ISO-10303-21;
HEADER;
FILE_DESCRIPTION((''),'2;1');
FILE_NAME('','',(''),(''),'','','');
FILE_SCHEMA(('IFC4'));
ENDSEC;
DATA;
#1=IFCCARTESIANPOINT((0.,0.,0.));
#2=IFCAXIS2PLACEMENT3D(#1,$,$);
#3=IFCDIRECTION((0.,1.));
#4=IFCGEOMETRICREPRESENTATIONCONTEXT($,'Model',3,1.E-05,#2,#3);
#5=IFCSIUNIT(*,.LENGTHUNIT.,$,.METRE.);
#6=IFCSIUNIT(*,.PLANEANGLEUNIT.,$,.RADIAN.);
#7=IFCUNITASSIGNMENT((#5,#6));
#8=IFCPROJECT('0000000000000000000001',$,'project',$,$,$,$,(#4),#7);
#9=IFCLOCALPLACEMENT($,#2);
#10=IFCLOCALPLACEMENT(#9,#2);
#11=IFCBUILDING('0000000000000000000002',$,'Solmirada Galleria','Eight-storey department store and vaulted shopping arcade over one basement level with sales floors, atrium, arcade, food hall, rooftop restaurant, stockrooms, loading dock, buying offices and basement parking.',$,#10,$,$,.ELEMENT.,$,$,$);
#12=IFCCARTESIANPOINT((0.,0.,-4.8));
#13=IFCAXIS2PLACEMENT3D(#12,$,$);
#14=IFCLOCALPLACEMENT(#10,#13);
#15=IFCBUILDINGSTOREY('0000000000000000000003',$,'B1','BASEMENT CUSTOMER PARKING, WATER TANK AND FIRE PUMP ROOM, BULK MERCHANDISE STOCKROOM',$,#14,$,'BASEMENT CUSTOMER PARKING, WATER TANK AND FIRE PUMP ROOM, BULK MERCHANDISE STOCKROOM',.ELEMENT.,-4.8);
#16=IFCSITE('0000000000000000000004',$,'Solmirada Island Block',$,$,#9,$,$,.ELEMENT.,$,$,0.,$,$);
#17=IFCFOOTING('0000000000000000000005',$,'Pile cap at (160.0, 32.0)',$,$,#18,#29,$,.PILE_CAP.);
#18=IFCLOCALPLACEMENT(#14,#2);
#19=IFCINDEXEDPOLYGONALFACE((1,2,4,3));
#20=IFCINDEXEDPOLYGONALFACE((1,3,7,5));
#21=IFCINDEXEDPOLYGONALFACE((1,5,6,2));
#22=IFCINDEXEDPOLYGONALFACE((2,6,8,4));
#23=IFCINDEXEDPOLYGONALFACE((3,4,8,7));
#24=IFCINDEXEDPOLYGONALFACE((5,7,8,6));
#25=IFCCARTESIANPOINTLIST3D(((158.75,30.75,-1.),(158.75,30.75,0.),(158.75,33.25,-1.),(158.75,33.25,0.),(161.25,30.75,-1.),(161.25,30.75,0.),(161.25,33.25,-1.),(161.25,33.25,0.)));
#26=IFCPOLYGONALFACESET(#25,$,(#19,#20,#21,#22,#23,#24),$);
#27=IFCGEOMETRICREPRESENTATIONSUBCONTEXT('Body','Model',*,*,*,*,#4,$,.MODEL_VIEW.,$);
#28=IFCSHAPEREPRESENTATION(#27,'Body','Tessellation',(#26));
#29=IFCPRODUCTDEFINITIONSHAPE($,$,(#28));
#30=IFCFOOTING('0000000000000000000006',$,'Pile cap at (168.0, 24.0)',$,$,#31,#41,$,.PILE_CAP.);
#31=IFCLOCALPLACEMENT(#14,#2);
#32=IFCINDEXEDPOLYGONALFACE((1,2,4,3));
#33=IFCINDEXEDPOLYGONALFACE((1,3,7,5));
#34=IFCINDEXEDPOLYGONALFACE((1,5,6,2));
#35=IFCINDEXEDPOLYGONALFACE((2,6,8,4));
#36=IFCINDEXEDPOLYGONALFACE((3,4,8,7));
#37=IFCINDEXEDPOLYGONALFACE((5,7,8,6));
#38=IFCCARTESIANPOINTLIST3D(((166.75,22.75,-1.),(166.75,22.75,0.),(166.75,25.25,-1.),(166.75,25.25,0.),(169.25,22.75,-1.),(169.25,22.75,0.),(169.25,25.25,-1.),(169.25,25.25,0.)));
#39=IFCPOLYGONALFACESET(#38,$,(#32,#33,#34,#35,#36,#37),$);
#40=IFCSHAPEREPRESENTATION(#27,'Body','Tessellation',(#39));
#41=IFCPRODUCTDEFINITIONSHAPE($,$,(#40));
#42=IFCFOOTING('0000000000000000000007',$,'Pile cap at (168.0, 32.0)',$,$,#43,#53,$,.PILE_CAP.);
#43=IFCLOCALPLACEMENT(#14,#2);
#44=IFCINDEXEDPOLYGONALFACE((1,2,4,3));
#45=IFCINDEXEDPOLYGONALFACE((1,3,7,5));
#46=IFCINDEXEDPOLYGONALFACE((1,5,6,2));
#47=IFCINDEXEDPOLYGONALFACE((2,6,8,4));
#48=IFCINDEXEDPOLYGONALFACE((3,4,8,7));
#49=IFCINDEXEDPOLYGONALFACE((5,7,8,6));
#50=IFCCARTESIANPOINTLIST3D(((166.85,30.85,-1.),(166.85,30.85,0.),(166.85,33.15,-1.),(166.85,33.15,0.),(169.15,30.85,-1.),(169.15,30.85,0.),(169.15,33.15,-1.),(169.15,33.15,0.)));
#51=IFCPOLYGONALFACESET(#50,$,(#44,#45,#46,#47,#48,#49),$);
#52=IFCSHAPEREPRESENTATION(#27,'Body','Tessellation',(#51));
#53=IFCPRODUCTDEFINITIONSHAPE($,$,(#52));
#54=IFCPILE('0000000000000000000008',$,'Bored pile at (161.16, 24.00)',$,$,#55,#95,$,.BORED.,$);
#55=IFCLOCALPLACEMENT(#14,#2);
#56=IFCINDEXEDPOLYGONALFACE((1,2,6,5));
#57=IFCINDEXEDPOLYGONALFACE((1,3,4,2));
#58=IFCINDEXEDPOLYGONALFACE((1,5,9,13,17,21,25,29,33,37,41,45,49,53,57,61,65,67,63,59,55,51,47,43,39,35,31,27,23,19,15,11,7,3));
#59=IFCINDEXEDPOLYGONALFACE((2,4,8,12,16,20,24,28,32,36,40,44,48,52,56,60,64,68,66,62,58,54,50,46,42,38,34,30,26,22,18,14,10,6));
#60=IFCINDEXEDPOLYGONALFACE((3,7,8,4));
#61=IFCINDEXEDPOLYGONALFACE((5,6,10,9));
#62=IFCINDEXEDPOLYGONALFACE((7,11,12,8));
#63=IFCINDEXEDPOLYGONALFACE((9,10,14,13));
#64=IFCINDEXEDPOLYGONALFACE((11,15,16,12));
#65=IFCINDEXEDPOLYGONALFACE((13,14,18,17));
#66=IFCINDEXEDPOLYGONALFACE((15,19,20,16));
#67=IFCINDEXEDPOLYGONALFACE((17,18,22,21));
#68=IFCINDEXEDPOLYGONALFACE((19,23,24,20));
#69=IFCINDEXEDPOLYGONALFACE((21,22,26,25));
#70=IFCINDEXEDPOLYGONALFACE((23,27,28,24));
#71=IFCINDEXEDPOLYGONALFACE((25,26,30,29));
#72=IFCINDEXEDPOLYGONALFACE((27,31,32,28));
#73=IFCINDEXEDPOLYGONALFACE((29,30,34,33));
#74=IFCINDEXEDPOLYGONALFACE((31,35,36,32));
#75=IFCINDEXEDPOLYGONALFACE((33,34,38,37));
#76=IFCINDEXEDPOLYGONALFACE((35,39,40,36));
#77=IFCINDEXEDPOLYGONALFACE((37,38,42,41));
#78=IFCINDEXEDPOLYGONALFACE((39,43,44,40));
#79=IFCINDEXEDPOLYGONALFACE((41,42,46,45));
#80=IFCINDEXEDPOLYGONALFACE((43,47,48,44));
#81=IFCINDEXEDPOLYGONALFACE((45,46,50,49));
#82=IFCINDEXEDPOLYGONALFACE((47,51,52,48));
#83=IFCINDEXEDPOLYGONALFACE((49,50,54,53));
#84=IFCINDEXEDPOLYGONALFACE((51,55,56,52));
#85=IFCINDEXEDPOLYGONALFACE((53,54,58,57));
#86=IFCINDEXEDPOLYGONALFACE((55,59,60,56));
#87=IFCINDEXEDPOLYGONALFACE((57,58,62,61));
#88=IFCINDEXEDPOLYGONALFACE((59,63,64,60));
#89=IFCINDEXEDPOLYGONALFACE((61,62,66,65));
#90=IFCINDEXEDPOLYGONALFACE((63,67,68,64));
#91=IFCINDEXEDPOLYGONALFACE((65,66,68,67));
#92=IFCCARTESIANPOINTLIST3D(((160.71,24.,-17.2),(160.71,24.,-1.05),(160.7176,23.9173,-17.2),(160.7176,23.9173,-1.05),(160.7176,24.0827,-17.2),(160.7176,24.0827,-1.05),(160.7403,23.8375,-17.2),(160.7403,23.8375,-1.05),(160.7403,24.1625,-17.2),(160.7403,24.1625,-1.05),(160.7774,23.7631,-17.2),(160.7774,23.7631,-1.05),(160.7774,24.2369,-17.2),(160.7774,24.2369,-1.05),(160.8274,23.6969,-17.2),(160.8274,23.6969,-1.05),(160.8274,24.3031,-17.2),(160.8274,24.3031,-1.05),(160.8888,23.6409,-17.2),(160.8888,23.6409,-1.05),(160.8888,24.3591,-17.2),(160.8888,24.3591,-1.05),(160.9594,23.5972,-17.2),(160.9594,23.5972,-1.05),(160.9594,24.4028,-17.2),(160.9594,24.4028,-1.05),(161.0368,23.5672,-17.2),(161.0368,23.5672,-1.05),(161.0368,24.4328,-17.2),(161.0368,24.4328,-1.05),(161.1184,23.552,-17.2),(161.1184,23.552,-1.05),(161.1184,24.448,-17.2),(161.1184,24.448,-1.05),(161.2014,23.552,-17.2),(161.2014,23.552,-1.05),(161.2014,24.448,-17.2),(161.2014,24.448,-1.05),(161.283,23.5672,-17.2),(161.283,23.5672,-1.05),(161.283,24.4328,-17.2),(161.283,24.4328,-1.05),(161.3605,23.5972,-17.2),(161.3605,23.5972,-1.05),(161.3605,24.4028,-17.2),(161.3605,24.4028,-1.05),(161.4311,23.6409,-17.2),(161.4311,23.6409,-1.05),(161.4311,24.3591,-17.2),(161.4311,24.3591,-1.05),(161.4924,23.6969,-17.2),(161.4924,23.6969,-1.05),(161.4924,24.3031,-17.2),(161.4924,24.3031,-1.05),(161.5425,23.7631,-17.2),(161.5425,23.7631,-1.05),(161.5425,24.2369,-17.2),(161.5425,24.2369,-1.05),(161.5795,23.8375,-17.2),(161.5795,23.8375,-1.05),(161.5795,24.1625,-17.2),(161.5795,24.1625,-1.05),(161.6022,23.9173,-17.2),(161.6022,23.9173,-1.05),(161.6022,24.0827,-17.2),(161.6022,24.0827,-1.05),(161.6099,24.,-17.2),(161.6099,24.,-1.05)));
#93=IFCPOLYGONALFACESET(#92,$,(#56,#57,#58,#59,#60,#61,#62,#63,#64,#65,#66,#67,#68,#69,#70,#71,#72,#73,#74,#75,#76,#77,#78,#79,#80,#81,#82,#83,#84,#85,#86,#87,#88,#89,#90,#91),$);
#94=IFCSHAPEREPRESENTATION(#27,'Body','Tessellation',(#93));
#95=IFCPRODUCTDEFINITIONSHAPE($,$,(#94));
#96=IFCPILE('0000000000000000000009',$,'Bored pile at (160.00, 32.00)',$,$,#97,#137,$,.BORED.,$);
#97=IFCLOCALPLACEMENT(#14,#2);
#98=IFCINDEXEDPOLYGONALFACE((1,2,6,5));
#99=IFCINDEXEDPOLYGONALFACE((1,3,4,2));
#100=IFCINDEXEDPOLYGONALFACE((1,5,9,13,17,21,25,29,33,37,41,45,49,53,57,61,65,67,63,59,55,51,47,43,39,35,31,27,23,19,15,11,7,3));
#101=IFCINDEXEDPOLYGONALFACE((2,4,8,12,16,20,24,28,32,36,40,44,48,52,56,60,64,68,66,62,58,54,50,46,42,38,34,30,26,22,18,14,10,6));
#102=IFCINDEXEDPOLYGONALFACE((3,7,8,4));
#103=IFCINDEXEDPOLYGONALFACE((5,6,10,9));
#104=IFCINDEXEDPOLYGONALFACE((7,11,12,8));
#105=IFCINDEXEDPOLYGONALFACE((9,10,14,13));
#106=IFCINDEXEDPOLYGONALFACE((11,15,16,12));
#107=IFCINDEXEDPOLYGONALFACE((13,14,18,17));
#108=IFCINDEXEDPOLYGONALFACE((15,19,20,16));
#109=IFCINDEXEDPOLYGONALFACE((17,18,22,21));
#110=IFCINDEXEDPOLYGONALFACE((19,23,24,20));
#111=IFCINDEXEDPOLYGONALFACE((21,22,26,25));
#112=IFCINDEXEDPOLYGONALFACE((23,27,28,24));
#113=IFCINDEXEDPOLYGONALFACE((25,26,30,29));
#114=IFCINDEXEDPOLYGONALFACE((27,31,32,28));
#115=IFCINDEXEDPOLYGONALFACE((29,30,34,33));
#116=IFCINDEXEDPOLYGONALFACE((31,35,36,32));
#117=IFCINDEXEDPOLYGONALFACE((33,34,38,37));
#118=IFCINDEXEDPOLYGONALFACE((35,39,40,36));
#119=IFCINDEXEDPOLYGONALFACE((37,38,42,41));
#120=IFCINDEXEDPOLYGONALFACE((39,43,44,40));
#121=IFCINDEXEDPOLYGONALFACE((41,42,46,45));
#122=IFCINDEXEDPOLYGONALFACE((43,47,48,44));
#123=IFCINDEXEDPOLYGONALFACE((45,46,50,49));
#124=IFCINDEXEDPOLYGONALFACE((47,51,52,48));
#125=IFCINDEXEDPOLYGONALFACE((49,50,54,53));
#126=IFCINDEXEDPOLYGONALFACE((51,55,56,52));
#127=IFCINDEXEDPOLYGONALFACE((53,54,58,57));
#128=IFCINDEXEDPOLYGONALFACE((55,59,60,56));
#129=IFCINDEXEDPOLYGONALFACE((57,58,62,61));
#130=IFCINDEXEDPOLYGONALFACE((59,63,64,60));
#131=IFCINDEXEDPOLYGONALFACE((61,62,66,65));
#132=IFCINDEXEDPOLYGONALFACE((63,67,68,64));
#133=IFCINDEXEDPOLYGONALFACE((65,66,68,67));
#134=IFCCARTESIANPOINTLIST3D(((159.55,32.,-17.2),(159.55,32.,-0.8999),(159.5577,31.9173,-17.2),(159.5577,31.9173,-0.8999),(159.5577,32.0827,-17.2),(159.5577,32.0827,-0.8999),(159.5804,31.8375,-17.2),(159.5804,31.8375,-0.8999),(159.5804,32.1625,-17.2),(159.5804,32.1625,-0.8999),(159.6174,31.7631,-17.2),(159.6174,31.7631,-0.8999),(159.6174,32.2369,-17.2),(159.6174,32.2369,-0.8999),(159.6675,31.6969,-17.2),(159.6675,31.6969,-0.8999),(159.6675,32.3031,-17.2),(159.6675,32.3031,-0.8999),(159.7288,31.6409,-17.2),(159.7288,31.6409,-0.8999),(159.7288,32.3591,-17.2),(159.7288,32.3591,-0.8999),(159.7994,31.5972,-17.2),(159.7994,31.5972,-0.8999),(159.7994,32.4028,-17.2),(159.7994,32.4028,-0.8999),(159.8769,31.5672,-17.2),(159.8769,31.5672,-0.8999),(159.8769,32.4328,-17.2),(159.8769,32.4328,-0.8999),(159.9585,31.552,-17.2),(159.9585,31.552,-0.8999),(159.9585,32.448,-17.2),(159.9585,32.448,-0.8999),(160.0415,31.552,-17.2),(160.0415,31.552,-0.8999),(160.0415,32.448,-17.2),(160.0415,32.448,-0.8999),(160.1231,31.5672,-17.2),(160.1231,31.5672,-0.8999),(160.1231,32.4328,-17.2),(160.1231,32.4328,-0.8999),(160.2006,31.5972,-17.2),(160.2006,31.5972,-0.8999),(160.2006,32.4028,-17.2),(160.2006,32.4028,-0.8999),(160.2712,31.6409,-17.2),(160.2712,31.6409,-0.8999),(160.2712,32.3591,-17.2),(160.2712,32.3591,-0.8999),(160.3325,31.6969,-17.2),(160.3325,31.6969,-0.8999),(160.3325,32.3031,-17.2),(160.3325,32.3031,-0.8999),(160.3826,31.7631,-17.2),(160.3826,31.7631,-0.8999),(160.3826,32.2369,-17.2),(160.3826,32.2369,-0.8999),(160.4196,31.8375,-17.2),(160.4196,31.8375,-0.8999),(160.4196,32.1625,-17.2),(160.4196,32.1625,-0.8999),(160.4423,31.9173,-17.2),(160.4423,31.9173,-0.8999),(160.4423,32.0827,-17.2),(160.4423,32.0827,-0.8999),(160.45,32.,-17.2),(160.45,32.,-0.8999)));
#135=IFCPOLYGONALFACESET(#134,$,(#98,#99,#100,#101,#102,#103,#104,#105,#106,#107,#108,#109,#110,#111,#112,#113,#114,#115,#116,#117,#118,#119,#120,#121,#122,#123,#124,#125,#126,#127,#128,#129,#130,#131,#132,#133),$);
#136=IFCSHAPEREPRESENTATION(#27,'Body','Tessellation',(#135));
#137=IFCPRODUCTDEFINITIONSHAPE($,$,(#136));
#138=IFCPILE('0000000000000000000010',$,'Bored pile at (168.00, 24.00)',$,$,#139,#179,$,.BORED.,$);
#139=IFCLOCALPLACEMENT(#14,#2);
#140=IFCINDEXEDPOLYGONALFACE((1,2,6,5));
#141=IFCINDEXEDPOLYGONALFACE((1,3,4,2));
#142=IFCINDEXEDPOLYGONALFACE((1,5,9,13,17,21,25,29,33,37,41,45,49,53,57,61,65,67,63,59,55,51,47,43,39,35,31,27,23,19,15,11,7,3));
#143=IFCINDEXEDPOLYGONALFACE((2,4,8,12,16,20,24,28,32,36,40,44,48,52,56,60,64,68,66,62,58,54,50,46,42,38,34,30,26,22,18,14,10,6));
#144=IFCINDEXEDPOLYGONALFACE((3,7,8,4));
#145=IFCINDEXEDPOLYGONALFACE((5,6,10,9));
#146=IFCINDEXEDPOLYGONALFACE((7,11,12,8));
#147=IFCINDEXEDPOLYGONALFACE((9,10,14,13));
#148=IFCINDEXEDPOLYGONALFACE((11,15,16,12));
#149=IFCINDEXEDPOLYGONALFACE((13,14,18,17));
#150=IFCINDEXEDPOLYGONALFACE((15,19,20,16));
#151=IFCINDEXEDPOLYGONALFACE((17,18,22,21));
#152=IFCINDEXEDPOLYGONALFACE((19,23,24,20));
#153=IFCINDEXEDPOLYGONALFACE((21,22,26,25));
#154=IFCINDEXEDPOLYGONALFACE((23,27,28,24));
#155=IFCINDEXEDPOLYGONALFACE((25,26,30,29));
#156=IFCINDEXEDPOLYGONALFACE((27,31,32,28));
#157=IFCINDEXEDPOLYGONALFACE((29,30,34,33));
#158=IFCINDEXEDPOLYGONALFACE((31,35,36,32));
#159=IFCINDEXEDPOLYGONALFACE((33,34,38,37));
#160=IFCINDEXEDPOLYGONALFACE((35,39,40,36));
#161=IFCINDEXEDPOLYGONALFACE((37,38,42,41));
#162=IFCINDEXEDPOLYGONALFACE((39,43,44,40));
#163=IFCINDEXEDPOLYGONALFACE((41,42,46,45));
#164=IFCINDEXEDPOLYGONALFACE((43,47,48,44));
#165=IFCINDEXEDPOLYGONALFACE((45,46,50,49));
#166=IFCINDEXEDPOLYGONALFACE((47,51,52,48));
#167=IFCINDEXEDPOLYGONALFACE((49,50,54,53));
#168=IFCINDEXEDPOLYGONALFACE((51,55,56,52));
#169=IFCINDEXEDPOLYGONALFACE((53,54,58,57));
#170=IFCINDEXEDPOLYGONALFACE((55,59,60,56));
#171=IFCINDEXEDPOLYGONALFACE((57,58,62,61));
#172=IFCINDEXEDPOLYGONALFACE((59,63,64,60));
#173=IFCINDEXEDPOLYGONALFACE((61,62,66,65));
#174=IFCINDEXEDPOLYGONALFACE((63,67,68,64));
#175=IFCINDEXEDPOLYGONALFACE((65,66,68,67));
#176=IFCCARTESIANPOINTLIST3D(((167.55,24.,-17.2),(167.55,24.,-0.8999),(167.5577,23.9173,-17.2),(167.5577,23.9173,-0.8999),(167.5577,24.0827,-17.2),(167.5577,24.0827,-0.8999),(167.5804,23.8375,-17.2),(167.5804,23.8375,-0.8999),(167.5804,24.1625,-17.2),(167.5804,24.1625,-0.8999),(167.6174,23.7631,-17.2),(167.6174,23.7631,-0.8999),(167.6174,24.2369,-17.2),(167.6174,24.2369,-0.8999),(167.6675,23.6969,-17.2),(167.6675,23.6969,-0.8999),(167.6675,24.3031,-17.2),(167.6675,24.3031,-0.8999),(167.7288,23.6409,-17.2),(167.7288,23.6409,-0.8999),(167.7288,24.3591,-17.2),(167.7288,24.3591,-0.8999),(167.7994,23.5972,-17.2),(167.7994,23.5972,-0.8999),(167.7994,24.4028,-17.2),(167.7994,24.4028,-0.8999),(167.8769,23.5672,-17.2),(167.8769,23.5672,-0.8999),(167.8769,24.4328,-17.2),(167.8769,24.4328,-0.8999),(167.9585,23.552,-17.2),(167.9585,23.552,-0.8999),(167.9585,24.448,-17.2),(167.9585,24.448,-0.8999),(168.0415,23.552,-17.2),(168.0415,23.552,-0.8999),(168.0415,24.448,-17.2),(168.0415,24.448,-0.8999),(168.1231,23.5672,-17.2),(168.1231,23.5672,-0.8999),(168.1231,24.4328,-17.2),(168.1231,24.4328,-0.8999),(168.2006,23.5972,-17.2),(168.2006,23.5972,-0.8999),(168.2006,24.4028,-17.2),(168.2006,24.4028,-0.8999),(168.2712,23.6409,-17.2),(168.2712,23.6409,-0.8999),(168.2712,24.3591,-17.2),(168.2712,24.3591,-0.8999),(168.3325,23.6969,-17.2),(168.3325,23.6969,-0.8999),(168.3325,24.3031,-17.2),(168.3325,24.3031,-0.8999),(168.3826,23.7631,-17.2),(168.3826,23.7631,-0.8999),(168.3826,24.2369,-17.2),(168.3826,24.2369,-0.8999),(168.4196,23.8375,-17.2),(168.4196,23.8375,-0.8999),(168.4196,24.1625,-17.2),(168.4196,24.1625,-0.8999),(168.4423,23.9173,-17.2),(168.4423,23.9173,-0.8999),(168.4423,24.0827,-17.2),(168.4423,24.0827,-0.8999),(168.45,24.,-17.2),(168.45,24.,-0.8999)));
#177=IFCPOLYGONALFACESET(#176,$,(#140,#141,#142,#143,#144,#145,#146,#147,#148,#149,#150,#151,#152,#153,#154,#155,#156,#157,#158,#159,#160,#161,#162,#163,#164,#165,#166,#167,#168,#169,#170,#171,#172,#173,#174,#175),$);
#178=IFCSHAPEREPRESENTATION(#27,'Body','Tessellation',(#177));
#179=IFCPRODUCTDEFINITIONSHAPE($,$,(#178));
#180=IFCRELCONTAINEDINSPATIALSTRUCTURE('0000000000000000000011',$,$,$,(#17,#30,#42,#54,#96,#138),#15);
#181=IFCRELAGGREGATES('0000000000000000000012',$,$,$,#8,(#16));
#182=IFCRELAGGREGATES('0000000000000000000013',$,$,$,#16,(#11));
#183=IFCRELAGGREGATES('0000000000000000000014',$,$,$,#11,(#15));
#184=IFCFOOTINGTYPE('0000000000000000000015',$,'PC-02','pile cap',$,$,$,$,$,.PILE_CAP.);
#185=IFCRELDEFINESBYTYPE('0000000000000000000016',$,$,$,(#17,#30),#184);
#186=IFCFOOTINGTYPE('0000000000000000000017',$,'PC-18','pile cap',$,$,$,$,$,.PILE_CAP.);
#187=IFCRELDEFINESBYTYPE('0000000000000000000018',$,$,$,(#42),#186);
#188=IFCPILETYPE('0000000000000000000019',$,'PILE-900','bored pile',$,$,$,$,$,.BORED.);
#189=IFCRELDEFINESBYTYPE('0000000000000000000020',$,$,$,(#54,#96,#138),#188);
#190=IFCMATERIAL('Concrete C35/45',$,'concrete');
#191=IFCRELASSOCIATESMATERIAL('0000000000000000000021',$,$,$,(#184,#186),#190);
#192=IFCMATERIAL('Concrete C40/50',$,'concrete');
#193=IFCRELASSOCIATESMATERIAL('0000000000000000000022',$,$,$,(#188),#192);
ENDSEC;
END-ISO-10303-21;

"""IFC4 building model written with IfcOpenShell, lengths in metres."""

from ifc_helpers import new_model, si_unit, direction, frame, origin, origin_2d, place, context, subcontext, project, spatial, rectangle, circle, extrude, material, material_profile, profile_set, type_object, element, save


model = new_model("IFC4")

# Units and contexts
model_context = context("Model", 3, precision=1e-05, world=origin(), true_north=direction((0.0, 1.0)))
body_context = subcontext(model_context, "Body", "Model", "MODEL_VIEW")
ifc_project = project(units=[si_unit("LENGTHUNIT", "METRE"), si_unit("PLANEANGLEUNIT", "RADIAN")], contexts=[model_context])

# Site, building, storey
site_placement = place(None, origin())
site = spatial("IfcSite", under=ifc_project, at=site_placement, Name="Solmirada Island Block", CompositionType="ELEMENT", RefElevation=0.0)
building_placement = place(site_placement, origin())
building = spatial("IfcBuilding", under=site, at=building_placement, Name="Solmirada Galleria", Description="Eight-storey department store and vaulted shopping arcade over one basement level with sales floors, atrium, arcade, food hall, rooftop restaurant, stockrooms, loading dock, buying offices and basement parking.", CompositionType="ELEMENT")
storey_placement = place(building_placement, frame((0.0, 0.0, -4.8)))
storey = spatial("IfcBuildingStorey", under=building, at=storey_placement, Name="B1", Description="BASEMENT CUSTOMER PARKING, WATER TANK AND FIRE PUMP ROOM, BULK MERCHANDISE STOCKROOM", LongName="BASEMENT CUSTOMER PARKING, WATER TANK AND FIRE PUMP ROOM, BULK MERCHANDISE STOCKROOM", CompositionType="ELEMENT", Elevation=-4.8)

# Footings
ifc_material_1 = material(Name="Concrete C35/45", Category="concrete")
footing_type_1 = type_object("IfcFootingType", Name="PC-02", Description="pile cap", PredefinedType="PILE_CAP", material=ifc_material_1)
for number, where, z_axis, x_axis, name in (
    (1, (160.0, 32.0, -1.0), (0.0, 0.0, 1.0), (1.0, 0.0, 0.0), "Pile cap at (160.0, 32.0)"),
    (2, (168.0, 24.0, -1.0), (0.0, 0.0, 1.0), (1.0, 0.0, 0.0), "Pile cap at (168.0, 24.0)"),
):
    element("IfcFooting", number, at=place(storey_placement, frame(where, z_axis=z_axis, x_axis=x_axis)), inside=storey, type_object=footing_type_1, Name=name, PredefinedType="PILE_CAP", context=body_context, shape_type="SweptSolid", body=[
        extrude(rectangle(XDim=2.5, YDim=2.5, at=origin_2d()), origin(), (0.0, 0.0, 1.0), 1.0),
    ])
footing_type_2 = type_object("IfcFootingType", Name="PC-18", Description="pile cap", PredefinedType="PILE_CAP", material=ifc_material_1)
footing_1_placement = place(storey_placement, frame((168.0, 32.0, -1.0), z_axis=(0.0, 0.0, 1.0), x_axis=(1.0, 0.0, 0.0)))
element("IfcFooting", 3, at=footing_1_placement, inside=storey, type_object=footing_type_2, Name="Pile cap at (168.0, 32.0)", PredefinedType="PILE_CAP", context=body_context, shape_type="SweptSolid", body=[
    extrude(rectangle(XDim=2.3, YDim=2.3, at=origin_2d()), origin(), (0.0, 0.0, 1.0), 1.0),
])

# Piles
ifc_material_2 = material(Name="Concrete C40/50", Category="concrete")
ifc_material_profile_1 = material_profile(ifc_material_2, circle(Radius=0.45, at=origin_2d()), Name="PILE900")
ifc_profile_set_1 = profile_set([ifc_material_profile_1], Name="Concrete C40/50")
pile_type = type_object("IfcPileType", Name="PILE-900", Description="bored pile", PredefinedType="BORED", material=ifc_profile_set_1)
pile_placement = place(storey_placement, frame((161.1599, 24.0, -1.05), z_axis=(0.0, 0.0, -1.0), x_axis=(1.0, 0.0, 0.0)))
element("IfcPile", 4, at=pile_placement, inside=storey, type_object=pile_type, Name="Bored pile at (161.16, 24.00)", PredefinedType="BORED", context=body_context, shape_type="SweptSolid", body=[
    extrude(circle(Radius=0.45, at=origin_2d()), origin(), (0.0, 0.0, 1.0), 16.1499),
])
for number, where, z_axis, x_axis, name in (
    (5, (160.0, 32.0, -0.8999), (0.0, 0.0, -1.0), (1.0, 0.0, 0.0), "Bored pile at (160.00, 32.00)"),
    (6, (168.0, 24.0, -0.8999), (0.0, 0.0, -1.0), (1.0, 0.0, 0.0), "Bored pile at (168.00, 24.00)"),
):
    element("IfcPile", number, at=place(storey_placement, frame(where, z_axis=z_axis, x_axis=x_axis)), inside=storey, type_object=pile_type, Name=name, PredefinedType="BORED", context=body_context, shape_type="SweptSolid", body=[
        extrude(circle(Radius=0.45, at=origin_2d()), origin(), (0.0, 0.0, 1.0), 16.3),
    ])

save(model, "model.ifc")
